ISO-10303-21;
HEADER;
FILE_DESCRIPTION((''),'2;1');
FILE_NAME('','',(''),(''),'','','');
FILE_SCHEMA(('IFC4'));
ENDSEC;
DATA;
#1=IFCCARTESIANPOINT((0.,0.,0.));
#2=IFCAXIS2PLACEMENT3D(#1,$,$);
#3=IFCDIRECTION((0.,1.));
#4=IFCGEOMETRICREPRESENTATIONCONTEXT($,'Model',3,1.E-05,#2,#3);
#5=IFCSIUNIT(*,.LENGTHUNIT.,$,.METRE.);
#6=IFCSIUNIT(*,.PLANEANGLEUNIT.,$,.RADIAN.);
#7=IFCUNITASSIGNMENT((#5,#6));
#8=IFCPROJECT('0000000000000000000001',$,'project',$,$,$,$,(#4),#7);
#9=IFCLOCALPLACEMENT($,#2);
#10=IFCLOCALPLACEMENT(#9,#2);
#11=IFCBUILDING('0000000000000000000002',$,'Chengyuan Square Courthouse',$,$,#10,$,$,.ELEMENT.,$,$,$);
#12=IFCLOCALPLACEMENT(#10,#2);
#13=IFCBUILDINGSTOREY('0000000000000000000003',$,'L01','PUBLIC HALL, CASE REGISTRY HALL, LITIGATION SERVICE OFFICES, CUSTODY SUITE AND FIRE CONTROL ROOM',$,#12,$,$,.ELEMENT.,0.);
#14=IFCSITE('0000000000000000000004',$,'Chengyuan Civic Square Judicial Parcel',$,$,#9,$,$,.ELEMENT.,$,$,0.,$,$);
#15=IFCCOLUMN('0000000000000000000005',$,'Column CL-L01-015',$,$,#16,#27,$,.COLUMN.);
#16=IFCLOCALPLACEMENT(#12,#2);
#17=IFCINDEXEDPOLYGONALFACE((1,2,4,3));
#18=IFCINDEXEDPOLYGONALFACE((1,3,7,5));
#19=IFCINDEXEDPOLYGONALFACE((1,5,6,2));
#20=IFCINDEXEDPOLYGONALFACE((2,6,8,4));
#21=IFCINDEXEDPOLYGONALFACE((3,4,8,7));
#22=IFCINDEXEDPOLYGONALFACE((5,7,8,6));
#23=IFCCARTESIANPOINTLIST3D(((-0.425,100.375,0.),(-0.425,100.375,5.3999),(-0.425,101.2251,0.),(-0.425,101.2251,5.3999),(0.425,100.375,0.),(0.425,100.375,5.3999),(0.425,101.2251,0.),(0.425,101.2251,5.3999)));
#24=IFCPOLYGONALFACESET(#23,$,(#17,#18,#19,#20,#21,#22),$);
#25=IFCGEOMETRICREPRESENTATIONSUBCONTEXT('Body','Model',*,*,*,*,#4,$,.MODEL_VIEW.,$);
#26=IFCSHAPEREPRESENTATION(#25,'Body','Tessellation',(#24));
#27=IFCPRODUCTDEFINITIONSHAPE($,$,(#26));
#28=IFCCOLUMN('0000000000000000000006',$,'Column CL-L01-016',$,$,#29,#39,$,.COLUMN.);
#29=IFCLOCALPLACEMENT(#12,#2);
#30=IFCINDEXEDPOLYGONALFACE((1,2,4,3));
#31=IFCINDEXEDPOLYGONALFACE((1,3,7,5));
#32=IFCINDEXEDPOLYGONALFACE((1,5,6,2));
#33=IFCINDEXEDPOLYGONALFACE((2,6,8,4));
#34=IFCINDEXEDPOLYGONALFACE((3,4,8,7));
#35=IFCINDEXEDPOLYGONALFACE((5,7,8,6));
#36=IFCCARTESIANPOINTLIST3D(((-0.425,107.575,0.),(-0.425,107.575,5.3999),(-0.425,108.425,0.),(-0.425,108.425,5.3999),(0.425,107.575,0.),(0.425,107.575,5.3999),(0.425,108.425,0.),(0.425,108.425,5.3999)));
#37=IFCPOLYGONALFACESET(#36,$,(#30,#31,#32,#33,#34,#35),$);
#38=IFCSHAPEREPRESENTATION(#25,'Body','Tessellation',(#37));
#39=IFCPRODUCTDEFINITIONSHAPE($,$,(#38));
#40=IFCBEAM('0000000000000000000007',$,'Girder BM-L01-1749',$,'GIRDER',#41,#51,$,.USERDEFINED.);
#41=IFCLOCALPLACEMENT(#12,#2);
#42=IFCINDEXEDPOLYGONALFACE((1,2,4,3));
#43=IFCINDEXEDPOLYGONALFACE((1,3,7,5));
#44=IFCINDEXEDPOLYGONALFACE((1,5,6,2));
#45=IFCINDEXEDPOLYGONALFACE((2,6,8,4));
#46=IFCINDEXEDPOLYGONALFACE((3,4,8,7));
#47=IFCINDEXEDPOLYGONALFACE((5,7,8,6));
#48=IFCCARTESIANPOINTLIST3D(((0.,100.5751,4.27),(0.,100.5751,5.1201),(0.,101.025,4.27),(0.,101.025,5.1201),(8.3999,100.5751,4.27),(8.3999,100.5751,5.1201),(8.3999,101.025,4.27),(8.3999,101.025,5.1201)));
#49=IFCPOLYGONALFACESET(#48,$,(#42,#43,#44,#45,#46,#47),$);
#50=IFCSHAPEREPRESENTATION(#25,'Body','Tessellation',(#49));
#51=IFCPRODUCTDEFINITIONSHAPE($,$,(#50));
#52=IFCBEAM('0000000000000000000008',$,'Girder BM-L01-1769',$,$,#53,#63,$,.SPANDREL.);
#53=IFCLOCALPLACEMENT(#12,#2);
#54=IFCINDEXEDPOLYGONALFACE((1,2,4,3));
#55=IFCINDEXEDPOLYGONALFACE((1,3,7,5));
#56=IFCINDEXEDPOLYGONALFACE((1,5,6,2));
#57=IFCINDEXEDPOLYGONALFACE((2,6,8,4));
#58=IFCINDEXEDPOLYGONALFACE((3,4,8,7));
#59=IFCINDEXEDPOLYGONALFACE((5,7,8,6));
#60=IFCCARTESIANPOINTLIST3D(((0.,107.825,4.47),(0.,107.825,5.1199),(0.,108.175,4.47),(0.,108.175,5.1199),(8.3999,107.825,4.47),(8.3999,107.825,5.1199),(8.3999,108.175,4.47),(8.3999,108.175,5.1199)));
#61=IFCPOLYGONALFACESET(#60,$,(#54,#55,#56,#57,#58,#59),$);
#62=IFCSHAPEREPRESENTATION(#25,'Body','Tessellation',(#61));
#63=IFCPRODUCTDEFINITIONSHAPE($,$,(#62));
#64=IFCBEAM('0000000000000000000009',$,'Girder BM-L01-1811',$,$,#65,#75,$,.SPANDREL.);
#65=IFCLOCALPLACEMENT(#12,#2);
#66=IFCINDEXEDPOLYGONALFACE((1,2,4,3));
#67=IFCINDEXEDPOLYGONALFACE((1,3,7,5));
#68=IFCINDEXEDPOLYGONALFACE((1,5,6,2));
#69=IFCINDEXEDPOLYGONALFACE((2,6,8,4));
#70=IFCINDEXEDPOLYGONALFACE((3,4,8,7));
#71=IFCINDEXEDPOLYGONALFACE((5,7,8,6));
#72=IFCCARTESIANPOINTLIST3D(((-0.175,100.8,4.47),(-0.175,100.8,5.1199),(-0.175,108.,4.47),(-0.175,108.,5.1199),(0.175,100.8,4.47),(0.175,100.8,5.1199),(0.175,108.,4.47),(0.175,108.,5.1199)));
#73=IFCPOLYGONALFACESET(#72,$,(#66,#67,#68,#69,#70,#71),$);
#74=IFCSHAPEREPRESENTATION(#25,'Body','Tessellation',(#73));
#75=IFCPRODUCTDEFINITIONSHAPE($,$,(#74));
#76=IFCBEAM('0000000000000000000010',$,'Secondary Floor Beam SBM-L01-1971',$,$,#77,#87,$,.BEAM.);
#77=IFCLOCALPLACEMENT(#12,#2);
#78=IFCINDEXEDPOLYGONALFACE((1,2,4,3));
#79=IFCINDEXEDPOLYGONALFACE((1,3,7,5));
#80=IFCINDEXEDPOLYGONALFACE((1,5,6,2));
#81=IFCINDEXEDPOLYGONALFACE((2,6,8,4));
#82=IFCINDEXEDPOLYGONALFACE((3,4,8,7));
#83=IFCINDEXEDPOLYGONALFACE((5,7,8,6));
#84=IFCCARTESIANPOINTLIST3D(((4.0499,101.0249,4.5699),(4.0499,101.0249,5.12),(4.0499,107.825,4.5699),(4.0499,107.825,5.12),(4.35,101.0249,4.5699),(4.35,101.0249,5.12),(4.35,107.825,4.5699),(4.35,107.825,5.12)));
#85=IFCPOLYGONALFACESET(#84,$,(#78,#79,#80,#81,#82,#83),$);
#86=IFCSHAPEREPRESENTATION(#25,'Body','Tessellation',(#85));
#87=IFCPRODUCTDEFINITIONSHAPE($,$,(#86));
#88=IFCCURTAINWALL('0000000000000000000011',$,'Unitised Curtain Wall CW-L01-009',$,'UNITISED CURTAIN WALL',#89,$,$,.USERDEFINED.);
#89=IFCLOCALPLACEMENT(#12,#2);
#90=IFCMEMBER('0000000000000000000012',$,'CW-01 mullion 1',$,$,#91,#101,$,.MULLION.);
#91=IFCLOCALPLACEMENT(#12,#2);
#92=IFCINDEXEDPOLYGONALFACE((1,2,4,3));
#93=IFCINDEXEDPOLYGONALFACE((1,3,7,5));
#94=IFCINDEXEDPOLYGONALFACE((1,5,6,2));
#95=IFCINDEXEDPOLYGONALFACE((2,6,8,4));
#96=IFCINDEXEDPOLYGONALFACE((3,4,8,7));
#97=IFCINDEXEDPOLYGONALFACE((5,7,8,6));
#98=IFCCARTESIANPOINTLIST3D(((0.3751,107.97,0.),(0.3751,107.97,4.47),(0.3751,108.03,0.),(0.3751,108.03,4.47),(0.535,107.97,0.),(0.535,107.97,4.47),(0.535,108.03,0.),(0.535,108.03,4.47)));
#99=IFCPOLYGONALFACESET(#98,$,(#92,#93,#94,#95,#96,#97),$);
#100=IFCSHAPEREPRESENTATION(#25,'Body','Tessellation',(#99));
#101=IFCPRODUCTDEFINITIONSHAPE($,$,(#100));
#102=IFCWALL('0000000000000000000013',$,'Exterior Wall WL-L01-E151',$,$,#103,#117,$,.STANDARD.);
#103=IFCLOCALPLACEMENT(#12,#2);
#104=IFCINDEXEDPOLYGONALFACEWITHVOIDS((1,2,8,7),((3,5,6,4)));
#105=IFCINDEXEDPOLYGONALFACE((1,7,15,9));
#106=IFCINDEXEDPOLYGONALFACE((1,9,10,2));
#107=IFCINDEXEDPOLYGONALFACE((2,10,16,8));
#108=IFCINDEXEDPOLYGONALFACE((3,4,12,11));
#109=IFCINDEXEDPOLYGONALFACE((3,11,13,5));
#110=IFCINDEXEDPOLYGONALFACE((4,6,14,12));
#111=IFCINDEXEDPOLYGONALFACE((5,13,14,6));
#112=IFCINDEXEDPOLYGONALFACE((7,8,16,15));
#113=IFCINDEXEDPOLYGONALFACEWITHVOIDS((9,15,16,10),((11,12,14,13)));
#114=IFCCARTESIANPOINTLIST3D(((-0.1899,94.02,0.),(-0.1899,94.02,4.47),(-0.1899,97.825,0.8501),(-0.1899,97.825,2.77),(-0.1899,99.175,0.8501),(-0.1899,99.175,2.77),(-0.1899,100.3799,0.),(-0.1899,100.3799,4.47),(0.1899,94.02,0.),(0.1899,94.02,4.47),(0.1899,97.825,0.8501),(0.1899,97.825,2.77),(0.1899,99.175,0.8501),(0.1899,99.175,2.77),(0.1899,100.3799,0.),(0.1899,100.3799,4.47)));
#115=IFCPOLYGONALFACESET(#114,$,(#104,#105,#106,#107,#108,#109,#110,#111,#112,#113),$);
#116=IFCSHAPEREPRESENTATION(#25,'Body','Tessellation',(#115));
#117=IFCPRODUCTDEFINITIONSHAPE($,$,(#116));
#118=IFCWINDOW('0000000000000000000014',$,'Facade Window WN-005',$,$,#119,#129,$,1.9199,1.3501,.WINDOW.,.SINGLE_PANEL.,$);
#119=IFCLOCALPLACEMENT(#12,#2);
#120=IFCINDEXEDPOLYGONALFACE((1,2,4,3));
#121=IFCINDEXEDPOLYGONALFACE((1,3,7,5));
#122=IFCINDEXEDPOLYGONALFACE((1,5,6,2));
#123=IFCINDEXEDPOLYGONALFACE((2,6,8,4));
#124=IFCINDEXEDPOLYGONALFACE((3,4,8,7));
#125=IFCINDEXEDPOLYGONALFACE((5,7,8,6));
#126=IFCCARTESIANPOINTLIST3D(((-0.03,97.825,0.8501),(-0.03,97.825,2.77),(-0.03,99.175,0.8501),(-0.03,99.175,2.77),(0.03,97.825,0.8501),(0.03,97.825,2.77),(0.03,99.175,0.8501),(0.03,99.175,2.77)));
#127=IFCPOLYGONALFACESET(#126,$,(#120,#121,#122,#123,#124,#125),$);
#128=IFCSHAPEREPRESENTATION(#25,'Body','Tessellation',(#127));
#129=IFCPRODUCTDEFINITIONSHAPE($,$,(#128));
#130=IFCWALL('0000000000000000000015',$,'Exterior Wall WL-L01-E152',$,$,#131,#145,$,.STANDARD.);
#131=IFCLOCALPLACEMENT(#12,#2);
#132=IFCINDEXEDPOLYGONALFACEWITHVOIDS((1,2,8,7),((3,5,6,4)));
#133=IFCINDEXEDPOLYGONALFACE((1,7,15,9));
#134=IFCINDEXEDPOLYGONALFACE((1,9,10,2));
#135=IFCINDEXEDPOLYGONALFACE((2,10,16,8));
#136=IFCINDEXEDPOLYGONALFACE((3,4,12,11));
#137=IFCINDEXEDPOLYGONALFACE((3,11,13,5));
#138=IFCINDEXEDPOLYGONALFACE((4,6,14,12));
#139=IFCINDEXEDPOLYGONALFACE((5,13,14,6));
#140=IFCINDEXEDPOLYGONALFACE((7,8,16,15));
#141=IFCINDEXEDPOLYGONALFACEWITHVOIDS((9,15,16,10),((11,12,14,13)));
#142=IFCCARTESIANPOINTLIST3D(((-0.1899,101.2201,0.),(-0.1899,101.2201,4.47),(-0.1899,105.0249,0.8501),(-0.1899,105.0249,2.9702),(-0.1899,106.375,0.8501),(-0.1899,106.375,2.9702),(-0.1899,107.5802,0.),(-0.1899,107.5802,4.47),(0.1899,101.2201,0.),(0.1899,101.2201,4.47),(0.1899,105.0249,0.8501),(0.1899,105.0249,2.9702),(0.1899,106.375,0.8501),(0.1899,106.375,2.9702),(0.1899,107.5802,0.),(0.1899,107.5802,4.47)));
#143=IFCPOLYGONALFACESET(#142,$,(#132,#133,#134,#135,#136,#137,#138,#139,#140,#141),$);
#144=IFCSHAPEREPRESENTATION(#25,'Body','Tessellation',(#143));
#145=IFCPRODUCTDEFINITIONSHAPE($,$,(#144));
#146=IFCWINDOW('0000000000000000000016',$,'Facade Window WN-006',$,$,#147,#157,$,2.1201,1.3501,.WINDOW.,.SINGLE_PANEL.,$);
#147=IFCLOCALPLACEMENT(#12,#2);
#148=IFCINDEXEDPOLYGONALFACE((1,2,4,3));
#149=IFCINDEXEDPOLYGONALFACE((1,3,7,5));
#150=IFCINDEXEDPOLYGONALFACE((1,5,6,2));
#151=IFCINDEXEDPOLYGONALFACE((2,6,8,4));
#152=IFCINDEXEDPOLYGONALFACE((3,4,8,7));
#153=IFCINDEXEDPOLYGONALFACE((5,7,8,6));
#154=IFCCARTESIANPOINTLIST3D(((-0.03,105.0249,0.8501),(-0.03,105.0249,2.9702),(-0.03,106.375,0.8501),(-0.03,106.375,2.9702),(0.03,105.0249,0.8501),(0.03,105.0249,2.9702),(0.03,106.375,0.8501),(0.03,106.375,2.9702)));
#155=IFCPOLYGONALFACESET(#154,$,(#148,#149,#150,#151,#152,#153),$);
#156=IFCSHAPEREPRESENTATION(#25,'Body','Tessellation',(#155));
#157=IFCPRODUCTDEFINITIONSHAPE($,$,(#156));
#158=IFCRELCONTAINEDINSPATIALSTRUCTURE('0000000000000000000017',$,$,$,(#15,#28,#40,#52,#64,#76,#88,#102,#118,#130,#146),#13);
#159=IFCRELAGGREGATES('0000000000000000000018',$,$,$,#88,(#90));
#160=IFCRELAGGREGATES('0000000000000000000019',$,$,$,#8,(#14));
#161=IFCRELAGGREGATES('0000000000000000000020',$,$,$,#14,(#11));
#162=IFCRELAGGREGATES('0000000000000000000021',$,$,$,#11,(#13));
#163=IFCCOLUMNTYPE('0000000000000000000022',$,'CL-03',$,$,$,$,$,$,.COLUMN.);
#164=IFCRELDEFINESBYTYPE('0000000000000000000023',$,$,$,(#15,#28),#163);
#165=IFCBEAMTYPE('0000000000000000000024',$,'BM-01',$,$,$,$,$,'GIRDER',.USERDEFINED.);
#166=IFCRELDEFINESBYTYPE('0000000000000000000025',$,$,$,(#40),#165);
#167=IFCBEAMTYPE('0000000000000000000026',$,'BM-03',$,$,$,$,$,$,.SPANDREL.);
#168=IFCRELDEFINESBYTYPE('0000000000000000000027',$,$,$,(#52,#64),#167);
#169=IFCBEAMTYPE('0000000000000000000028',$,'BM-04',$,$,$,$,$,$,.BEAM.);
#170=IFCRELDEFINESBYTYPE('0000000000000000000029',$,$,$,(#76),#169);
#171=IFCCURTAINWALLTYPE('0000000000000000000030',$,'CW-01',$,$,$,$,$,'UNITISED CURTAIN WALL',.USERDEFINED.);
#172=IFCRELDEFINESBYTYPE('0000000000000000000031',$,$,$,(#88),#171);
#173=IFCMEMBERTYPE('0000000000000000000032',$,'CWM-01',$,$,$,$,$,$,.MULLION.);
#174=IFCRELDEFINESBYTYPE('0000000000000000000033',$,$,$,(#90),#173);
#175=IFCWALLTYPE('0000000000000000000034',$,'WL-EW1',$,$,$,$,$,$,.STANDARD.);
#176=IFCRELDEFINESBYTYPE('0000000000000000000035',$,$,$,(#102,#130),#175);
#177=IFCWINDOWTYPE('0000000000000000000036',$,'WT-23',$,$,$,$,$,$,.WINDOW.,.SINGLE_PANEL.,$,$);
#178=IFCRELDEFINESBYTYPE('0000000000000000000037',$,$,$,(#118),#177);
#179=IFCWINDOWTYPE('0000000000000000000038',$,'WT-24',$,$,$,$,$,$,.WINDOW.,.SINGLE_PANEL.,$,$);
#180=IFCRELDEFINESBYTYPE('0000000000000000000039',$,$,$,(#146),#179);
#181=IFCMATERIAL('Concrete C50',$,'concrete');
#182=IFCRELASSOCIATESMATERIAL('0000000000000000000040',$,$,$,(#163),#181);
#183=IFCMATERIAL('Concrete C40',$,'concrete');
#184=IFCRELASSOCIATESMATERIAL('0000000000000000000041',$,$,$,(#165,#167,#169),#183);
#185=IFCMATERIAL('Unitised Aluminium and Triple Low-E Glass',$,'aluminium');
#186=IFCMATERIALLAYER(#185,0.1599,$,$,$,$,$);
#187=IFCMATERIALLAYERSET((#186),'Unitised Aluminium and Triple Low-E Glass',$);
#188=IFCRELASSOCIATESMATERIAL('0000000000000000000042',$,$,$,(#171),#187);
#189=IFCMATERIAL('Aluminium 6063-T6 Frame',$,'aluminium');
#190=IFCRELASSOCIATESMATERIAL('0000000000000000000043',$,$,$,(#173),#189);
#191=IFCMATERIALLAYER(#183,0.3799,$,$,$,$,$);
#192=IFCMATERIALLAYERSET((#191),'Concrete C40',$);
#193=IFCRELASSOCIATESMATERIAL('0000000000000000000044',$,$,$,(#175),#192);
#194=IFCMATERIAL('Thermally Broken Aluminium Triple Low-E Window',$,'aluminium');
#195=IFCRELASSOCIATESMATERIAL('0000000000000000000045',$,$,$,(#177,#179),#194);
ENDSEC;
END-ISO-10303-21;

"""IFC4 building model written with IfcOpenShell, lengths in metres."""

from ifc_helpers import new_model, si_unit, direction, frame, frame_2d, origin, origin_2d, place, context, subcontext, project, spatial, rectangle, extrude, material, layer, layer_set, material_profile, profile_set, type_object, element, fill, aggregate, save


model = new_model("IFC4")

# Units and contexts
model_context = context("Model", 3, precision=1e-05, world=origin(), true_north=direction((0.0, 1.0)))
body_context = subcontext(model_context, "Body", "Model", "MODEL_VIEW")
ifc_project = project(units=[si_unit("LENGTHUNIT", "METRE"), si_unit("PLANEANGLEUNIT", "RADIAN")], contexts=[model_context])

# Site, building, storey
site_placement = place(None, origin())
site = spatial("IfcSite", under=ifc_project, at=site_placement, Name="Chengyuan Civic Square Judicial Parcel", CompositionType="ELEMENT", RefElevation=0.0)
building_placement = place(site_placement, origin())
building = spatial("IfcBuilding", under=site, at=building_placement, Name="Chengyuan Square Courthouse", CompositionType="ELEMENT")
storey_placement = place(building_placement, origin())
storey = spatial("IfcBuildingStorey", under=building, at=storey_placement, Name="L01", Description="PUBLIC HALL, CASE REGISTRY HALL, LITIGATION SERVICE OFFICES, CUSTODY SUITE AND FIRE CONTROL ROOM", CompositionType="ELEMENT", Elevation=0.0)

# Columns
ifc_material_1 = material(Name="Concrete C50", Category="concrete")
ifc_material_profile_1 = material_profile(ifc_material_1, rectangle(XDim=0.8501, YDim=0.8501, at=origin_2d()), Name="RC-COL-850x850")
ifc_profile_set_1 = profile_set([ifc_material_profile_1], Name="Concrete C50")
column_type = type_object("IfcColumnType", Name="CL-03", PredefinedType="COLUMN", material=ifc_profile_set_1)
for number, where, z_axis, x_axis, name in (
    (1, (0.0, 100.8, 0.0), (0.0, 0.0, 1.0), (1.0, 0.0, 0.0), "Column CL-L01-015"),
    (2, (0.0, 108.0, 0.0), (0.0, 0.0, 1.0), (1.0, 0.0, 0.0), "Column CL-L01-016"),
):
    element("IfcColumn", number, at=place(storey_placement, frame(where, z_axis=z_axis, x_axis=x_axis)), inside=storey, type_object=column_type, Name=name, PredefinedType="COLUMN", context=body_context, shape_type="SweptSolid", body=[
        extrude(rectangle(XDim=0.8501, YDim=0.8501, at=origin_2d()), origin(), (0.0, 0.0, 1.0), 5.3999),
    ])

# Beams
ifc_material_2 = material(Name="Concrete C40", Category="concrete")
ifc_material_profile_2 = material_profile(ifc_material_2, rectangle(XDim=0.45, YDim=0.8501, at=origin_2d()), Name="RC-BM-450x850")
ifc_profile_set_2 = profile_set([ifc_material_profile_2], Name="Concrete C40")
beam_type_1 = type_object("IfcBeamType", Name="BM-01", ElementType="GIRDER", PredefinedType="USERDEFINED", material=ifc_profile_set_2)
beam_1_placement = place(storey_placement, frame((0.0, 100.8, 4.6951), z_axis=(1.0, 0.0, 0.0), x_axis=(0.0, 1.0, 0.0)))
element("IfcBeam", 3, at=beam_1_placement, inside=storey, type_object=beam_type_1, Name="Girder BM-L01-1749", ObjectType="GIRDER", PredefinedType="USERDEFINED", context=body_context, shape_type="SweptSolid", body=[
    extrude(rectangle(XDim=0.45, YDim=0.8501, at=origin_2d()), origin(), (0.0, 0.0, 1.0), 8.3999),
])
ifc_material_profile_3 = material_profile(ifc_material_2, rectangle(XDim=0.3501, YDim=0.6499, at=origin_2d()), Name="RC-BM-350x650")
ifc_profile_set_3 = profile_set([ifc_material_profile_3], Name="Concrete C40")
beam_type_2 = type_object("IfcBeamType", Name="BM-03", PredefinedType="SPANDREL", material=ifc_profile_set_3)
beam_2_placement = place(storey_placement, frame((0.0, 108.0, 4.7949), z_axis=(1.0, 0.0, 0.0), x_axis=(0.0, 1.0, 0.0)))
element("IfcBeam", 4, at=beam_2_placement, inside=storey, type_object=beam_type_2, Name="Girder BM-L01-1769", PredefinedType="SPANDREL", context=body_context, shape_type="SweptSolid", body=[
    extrude(rectangle(XDim=0.3501, YDim=0.6499, at=origin_2d()), origin(), (0.0, 0.0, 1.0), 8.3999),
])
beam_3_placement = place(storey_placement, frame((0.0, 100.8, 4.7949), z_axis=(0.0, 1.0, 0.0), x_axis=(-1.0, 0.0, 0.0)))
element("IfcBeam", 5, at=beam_3_placement, inside=storey, type_object=beam_type_2, Name="Girder BM-L01-1811", PredefinedType="SPANDREL", context=body_context, shape_type="SweptSolid", body=[
    extrude(rectangle(XDim=0.3501, YDim=0.6499, at=origin_2d()), origin(), (0.0, 0.0, 1.0), 7.2),
])
ifc_material_profile_4 = material_profile(ifc_material_2, rectangle(XDim=0.3, YDim=0.55, at=origin_2d()), Name="RC-BM-300x550")
ifc_profile_set_4 = profile_set([ifc_material_profile_4], Name="Concrete C40")
beam_type_3 = type_object("IfcBeamType", Name="BM-04", PredefinedType="BEAM", material=ifc_profile_set_4)
beam_4_placement = place(storey_placement, frame((4.2, 101.0249, 4.845), z_axis=(0.0, 1.0, 0.0), x_axis=(-1.0, 0.0, 0.0)))
element("IfcBeam", 6, at=beam_4_placement, inside=storey, type_object=beam_type_3, Name="Secondary Floor Beam SBM-L01-1971", PredefinedType="BEAM", context=body_context, shape_type="SweptSolid", body=[
    extrude(rectangle(XDim=0.3, YDim=0.55, at=origin_2d()), origin(), (0.0, 0.0, 1.0), 6.8),
])

# Curtain wall, member
ifc_material_3 = material(Name="Unitised Aluminium and Triple Low-E Glass", Category="aluminium")
ifc_layer_1 = layer(ifc_material_3, 0.1599)
ifc_layer_set_1 = layer_set([ifc_layer_1], Name="Unitised Aluminium and Triple Low-E Glass")
curtain_wall_type = type_object("IfcCurtainWallType", Name="CW-01", ElementType="UNITISED CURTAIN WALL", PredefinedType="USERDEFINED", material=ifc_layer_set_1)
curtain_wall_placement = place(storey_placement, origin())
curtain_wall = element("IfcCurtainWall", 7, at=curtain_wall_placement, inside=storey, type_object=curtain_wall_type, Name="Unitised Curtain Wall CW-L01-009", ObjectType="UNITISED CURTAIN WALL", PredefinedType="USERDEFINED")
ifc_material_4 = material(Name="Aluminium 6063-T6 Frame", Category="aluminium")
ifc_material_profile_5 = material_profile(ifc_material_4, rectangle(XDim=0.0601, YDim=0.1599, at=origin_2d()), Name="CW-MUL-60x160")
ifc_profile_set_5 = profile_set([ifc_material_profile_5], Name="Aluminium 6063-T6 Frame")
member_type = type_object("IfcMemberType", Name="CWM-01", PredefinedType="MULLION", material=ifc_profile_set_5)
member_placement = place(storey_placement, frame((0.4551, 108.0, 0.0), z_axis=(0.0, 0.0, 1.0), x_axis=(0.0, 1.0, 0.0)))
member = element("IfcMember", 8, at=member_placement, type_object=member_type, Name="CW-01 mullion 1", PredefinedType="MULLION", context=body_context, shape_type="SweptSolid", body=[
    extrude(rectangle(XDim=0.0601, YDim=0.1599, at=origin_2d()), origin(), (0.0, 0.0, 1.0), 4.47),
])
aggregate(curtain_wall, [member])

# Walls, openings, windows
ifc_layer_2 = layer(ifc_material_2, 0.3799)
ifc_layer_set_2 = layer_set([ifc_layer_2], Name="Concrete C40")
wall_type_1 = type_object("IfcWallType", Name="WL-EW1", PredefinedType="STANDARD", material=ifc_layer_set_2)
wall_1_placement = place(storey_placement, frame((0.0, 94.02, 0.0), z_axis=(0.0, 0.0, 1.0), x_axis=(0.0, 1.0, 0.0)))
wall_1 = element("IfcWall", 9, at=wall_1_placement, inside=storey, type_object=wall_type_1, Name="Exterior Wall WL-L01-E151", PredefinedType="STANDARD", context=body_context, shape_type="SweptSolid", body=[
    extrude(rectangle(XDim=6.3599, YDim=0.3799, at=frame_2d((3.1799, 0.0))), origin(), (0.0, 0.0, 1.0), 4.47),
])
opening_1_placement = place(wall_1_placement, frame((3.8049, 0.0, 0.8501)))
opening_1 = element("IfcOpeningElement", 10, at=opening_1_placement, cuts=wall_1, PredefinedType="OPENING", context=body_context, shape_type="SweptSolid", body=[
    extrude(rectangle(XDim=1.3501, YDim=1.9199, at=frame_2d((0.675, 0.96))), frame((0.0, 0.2019, 0.0), z_axis=(0.0, -1.0, 0.0), x_axis=(1.0, 0.0, 0.0)), (0.0, 0.0, 1.0), 0.4038),
])
ifc_material_5 = material(Name="Thermally Broken Aluminium Triple Low-E Window", Category="aluminium")
window_type_1 = type_object("IfcWindowType", Name="WT-23", PartitioningType="SINGLE_PANEL", PredefinedType="WINDOW", material=ifc_material_5)
window_1_placement = place(opening_1_placement, origin())
window_1 = element("IfcWindow", 11, at=window_1_placement, inside=storey, type_object=window_type_1, Name="Facade Window WN-005", OverallHeight=1.9199, OverallWidth=1.3501, PartitioningType="SINGLE_PANEL", PredefinedType="WINDOW", context=body_context, shape_type="SweptSolid", body=[
    extrude(rectangle(XDim=1.3501, YDim=1.9199, at=frame_2d((0.675, 0.96))), frame((0.0, 0.03, 0.0), z_axis=(0.0, -1.0, 0.0), x_axis=(1.0, 0.0, 0.0)), (0.0, 0.0, 1.0), 0.0601),
])
fill(opening_1, window_1)
wall_2_placement = place(storey_placement, frame((0.0, 101.22, 0.0), z_axis=(0.0, 0.0, 1.0), x_axis=(0.0, 1.0, 0.0)))
wall_2 = element("IfcWall", 12, at=wall_2_placement, inside=storey, type_object=wall_type_1, Name="Exterior Wall WL-L01-E152", PredefinedType="STANDARD", context=body_context, shape_type="SweptSolid", body=[
    extrude(rectangle(XDim=6.3601, YDim=0.3799, at=frame_2d((3.1802, 0.0))), origin(), (0.0, 0.0, 1.0), 4.47),
])
opening_2_placement = place(wall_2_placement, frame((3.8049, 0.0, 0.8501)))
opening_2 = element("IfcOpeningElement", 13, at=opening_2_placement, cuts=wall_2, PredefinedType="OPENING", context=body_context, shape_type="SweptSolid", body=[
    extrude(rectangle(XDim=1.3501, YDim=2.1201, at=frame_2d((0.675, 1.0601))), frame((0.0, 0.2019, 0.0), z_axis=(0.0, -1.0, 0.0), x_axis=(1.0, 0.0, 0.0)), (0.0, 0.0, 1.0), 0.4038),
])
window_type_2 = type_object("IfcWindowType", Name="WT-24", PartitioningType="SINGLE_PANEL", PredefinedType="WINDOW", material=ifc_material_5)
window_2_placement = place(opening_2_placement, origin())
window_2 = element("IfcWindow", 14, at=window_2_placement, inside=storey, type_object=window_type_2, Name="Facade Window WN-006", OverallHeight=2.1201, OverallWidth=1.3501, PartitioningType="SINGLE_PANEL", PredefinedType="WINDOW", context=body_context, shape_type="SweptSolid", body=[
    extrude(rectangle(XDim=1.3501, YDim=2.1201, at=frame_2d((0.675, 1.0601))), frame((0.0, 0.03, 0.0), z_axis=(0.0, -1.0, 0.0), x_axis=(1.0, 0.0, 0.0)), (0.0, 0.0, 1.0), 0.0601),
])
fill(opening_2, window_2)

save(model, "model.ifc")
